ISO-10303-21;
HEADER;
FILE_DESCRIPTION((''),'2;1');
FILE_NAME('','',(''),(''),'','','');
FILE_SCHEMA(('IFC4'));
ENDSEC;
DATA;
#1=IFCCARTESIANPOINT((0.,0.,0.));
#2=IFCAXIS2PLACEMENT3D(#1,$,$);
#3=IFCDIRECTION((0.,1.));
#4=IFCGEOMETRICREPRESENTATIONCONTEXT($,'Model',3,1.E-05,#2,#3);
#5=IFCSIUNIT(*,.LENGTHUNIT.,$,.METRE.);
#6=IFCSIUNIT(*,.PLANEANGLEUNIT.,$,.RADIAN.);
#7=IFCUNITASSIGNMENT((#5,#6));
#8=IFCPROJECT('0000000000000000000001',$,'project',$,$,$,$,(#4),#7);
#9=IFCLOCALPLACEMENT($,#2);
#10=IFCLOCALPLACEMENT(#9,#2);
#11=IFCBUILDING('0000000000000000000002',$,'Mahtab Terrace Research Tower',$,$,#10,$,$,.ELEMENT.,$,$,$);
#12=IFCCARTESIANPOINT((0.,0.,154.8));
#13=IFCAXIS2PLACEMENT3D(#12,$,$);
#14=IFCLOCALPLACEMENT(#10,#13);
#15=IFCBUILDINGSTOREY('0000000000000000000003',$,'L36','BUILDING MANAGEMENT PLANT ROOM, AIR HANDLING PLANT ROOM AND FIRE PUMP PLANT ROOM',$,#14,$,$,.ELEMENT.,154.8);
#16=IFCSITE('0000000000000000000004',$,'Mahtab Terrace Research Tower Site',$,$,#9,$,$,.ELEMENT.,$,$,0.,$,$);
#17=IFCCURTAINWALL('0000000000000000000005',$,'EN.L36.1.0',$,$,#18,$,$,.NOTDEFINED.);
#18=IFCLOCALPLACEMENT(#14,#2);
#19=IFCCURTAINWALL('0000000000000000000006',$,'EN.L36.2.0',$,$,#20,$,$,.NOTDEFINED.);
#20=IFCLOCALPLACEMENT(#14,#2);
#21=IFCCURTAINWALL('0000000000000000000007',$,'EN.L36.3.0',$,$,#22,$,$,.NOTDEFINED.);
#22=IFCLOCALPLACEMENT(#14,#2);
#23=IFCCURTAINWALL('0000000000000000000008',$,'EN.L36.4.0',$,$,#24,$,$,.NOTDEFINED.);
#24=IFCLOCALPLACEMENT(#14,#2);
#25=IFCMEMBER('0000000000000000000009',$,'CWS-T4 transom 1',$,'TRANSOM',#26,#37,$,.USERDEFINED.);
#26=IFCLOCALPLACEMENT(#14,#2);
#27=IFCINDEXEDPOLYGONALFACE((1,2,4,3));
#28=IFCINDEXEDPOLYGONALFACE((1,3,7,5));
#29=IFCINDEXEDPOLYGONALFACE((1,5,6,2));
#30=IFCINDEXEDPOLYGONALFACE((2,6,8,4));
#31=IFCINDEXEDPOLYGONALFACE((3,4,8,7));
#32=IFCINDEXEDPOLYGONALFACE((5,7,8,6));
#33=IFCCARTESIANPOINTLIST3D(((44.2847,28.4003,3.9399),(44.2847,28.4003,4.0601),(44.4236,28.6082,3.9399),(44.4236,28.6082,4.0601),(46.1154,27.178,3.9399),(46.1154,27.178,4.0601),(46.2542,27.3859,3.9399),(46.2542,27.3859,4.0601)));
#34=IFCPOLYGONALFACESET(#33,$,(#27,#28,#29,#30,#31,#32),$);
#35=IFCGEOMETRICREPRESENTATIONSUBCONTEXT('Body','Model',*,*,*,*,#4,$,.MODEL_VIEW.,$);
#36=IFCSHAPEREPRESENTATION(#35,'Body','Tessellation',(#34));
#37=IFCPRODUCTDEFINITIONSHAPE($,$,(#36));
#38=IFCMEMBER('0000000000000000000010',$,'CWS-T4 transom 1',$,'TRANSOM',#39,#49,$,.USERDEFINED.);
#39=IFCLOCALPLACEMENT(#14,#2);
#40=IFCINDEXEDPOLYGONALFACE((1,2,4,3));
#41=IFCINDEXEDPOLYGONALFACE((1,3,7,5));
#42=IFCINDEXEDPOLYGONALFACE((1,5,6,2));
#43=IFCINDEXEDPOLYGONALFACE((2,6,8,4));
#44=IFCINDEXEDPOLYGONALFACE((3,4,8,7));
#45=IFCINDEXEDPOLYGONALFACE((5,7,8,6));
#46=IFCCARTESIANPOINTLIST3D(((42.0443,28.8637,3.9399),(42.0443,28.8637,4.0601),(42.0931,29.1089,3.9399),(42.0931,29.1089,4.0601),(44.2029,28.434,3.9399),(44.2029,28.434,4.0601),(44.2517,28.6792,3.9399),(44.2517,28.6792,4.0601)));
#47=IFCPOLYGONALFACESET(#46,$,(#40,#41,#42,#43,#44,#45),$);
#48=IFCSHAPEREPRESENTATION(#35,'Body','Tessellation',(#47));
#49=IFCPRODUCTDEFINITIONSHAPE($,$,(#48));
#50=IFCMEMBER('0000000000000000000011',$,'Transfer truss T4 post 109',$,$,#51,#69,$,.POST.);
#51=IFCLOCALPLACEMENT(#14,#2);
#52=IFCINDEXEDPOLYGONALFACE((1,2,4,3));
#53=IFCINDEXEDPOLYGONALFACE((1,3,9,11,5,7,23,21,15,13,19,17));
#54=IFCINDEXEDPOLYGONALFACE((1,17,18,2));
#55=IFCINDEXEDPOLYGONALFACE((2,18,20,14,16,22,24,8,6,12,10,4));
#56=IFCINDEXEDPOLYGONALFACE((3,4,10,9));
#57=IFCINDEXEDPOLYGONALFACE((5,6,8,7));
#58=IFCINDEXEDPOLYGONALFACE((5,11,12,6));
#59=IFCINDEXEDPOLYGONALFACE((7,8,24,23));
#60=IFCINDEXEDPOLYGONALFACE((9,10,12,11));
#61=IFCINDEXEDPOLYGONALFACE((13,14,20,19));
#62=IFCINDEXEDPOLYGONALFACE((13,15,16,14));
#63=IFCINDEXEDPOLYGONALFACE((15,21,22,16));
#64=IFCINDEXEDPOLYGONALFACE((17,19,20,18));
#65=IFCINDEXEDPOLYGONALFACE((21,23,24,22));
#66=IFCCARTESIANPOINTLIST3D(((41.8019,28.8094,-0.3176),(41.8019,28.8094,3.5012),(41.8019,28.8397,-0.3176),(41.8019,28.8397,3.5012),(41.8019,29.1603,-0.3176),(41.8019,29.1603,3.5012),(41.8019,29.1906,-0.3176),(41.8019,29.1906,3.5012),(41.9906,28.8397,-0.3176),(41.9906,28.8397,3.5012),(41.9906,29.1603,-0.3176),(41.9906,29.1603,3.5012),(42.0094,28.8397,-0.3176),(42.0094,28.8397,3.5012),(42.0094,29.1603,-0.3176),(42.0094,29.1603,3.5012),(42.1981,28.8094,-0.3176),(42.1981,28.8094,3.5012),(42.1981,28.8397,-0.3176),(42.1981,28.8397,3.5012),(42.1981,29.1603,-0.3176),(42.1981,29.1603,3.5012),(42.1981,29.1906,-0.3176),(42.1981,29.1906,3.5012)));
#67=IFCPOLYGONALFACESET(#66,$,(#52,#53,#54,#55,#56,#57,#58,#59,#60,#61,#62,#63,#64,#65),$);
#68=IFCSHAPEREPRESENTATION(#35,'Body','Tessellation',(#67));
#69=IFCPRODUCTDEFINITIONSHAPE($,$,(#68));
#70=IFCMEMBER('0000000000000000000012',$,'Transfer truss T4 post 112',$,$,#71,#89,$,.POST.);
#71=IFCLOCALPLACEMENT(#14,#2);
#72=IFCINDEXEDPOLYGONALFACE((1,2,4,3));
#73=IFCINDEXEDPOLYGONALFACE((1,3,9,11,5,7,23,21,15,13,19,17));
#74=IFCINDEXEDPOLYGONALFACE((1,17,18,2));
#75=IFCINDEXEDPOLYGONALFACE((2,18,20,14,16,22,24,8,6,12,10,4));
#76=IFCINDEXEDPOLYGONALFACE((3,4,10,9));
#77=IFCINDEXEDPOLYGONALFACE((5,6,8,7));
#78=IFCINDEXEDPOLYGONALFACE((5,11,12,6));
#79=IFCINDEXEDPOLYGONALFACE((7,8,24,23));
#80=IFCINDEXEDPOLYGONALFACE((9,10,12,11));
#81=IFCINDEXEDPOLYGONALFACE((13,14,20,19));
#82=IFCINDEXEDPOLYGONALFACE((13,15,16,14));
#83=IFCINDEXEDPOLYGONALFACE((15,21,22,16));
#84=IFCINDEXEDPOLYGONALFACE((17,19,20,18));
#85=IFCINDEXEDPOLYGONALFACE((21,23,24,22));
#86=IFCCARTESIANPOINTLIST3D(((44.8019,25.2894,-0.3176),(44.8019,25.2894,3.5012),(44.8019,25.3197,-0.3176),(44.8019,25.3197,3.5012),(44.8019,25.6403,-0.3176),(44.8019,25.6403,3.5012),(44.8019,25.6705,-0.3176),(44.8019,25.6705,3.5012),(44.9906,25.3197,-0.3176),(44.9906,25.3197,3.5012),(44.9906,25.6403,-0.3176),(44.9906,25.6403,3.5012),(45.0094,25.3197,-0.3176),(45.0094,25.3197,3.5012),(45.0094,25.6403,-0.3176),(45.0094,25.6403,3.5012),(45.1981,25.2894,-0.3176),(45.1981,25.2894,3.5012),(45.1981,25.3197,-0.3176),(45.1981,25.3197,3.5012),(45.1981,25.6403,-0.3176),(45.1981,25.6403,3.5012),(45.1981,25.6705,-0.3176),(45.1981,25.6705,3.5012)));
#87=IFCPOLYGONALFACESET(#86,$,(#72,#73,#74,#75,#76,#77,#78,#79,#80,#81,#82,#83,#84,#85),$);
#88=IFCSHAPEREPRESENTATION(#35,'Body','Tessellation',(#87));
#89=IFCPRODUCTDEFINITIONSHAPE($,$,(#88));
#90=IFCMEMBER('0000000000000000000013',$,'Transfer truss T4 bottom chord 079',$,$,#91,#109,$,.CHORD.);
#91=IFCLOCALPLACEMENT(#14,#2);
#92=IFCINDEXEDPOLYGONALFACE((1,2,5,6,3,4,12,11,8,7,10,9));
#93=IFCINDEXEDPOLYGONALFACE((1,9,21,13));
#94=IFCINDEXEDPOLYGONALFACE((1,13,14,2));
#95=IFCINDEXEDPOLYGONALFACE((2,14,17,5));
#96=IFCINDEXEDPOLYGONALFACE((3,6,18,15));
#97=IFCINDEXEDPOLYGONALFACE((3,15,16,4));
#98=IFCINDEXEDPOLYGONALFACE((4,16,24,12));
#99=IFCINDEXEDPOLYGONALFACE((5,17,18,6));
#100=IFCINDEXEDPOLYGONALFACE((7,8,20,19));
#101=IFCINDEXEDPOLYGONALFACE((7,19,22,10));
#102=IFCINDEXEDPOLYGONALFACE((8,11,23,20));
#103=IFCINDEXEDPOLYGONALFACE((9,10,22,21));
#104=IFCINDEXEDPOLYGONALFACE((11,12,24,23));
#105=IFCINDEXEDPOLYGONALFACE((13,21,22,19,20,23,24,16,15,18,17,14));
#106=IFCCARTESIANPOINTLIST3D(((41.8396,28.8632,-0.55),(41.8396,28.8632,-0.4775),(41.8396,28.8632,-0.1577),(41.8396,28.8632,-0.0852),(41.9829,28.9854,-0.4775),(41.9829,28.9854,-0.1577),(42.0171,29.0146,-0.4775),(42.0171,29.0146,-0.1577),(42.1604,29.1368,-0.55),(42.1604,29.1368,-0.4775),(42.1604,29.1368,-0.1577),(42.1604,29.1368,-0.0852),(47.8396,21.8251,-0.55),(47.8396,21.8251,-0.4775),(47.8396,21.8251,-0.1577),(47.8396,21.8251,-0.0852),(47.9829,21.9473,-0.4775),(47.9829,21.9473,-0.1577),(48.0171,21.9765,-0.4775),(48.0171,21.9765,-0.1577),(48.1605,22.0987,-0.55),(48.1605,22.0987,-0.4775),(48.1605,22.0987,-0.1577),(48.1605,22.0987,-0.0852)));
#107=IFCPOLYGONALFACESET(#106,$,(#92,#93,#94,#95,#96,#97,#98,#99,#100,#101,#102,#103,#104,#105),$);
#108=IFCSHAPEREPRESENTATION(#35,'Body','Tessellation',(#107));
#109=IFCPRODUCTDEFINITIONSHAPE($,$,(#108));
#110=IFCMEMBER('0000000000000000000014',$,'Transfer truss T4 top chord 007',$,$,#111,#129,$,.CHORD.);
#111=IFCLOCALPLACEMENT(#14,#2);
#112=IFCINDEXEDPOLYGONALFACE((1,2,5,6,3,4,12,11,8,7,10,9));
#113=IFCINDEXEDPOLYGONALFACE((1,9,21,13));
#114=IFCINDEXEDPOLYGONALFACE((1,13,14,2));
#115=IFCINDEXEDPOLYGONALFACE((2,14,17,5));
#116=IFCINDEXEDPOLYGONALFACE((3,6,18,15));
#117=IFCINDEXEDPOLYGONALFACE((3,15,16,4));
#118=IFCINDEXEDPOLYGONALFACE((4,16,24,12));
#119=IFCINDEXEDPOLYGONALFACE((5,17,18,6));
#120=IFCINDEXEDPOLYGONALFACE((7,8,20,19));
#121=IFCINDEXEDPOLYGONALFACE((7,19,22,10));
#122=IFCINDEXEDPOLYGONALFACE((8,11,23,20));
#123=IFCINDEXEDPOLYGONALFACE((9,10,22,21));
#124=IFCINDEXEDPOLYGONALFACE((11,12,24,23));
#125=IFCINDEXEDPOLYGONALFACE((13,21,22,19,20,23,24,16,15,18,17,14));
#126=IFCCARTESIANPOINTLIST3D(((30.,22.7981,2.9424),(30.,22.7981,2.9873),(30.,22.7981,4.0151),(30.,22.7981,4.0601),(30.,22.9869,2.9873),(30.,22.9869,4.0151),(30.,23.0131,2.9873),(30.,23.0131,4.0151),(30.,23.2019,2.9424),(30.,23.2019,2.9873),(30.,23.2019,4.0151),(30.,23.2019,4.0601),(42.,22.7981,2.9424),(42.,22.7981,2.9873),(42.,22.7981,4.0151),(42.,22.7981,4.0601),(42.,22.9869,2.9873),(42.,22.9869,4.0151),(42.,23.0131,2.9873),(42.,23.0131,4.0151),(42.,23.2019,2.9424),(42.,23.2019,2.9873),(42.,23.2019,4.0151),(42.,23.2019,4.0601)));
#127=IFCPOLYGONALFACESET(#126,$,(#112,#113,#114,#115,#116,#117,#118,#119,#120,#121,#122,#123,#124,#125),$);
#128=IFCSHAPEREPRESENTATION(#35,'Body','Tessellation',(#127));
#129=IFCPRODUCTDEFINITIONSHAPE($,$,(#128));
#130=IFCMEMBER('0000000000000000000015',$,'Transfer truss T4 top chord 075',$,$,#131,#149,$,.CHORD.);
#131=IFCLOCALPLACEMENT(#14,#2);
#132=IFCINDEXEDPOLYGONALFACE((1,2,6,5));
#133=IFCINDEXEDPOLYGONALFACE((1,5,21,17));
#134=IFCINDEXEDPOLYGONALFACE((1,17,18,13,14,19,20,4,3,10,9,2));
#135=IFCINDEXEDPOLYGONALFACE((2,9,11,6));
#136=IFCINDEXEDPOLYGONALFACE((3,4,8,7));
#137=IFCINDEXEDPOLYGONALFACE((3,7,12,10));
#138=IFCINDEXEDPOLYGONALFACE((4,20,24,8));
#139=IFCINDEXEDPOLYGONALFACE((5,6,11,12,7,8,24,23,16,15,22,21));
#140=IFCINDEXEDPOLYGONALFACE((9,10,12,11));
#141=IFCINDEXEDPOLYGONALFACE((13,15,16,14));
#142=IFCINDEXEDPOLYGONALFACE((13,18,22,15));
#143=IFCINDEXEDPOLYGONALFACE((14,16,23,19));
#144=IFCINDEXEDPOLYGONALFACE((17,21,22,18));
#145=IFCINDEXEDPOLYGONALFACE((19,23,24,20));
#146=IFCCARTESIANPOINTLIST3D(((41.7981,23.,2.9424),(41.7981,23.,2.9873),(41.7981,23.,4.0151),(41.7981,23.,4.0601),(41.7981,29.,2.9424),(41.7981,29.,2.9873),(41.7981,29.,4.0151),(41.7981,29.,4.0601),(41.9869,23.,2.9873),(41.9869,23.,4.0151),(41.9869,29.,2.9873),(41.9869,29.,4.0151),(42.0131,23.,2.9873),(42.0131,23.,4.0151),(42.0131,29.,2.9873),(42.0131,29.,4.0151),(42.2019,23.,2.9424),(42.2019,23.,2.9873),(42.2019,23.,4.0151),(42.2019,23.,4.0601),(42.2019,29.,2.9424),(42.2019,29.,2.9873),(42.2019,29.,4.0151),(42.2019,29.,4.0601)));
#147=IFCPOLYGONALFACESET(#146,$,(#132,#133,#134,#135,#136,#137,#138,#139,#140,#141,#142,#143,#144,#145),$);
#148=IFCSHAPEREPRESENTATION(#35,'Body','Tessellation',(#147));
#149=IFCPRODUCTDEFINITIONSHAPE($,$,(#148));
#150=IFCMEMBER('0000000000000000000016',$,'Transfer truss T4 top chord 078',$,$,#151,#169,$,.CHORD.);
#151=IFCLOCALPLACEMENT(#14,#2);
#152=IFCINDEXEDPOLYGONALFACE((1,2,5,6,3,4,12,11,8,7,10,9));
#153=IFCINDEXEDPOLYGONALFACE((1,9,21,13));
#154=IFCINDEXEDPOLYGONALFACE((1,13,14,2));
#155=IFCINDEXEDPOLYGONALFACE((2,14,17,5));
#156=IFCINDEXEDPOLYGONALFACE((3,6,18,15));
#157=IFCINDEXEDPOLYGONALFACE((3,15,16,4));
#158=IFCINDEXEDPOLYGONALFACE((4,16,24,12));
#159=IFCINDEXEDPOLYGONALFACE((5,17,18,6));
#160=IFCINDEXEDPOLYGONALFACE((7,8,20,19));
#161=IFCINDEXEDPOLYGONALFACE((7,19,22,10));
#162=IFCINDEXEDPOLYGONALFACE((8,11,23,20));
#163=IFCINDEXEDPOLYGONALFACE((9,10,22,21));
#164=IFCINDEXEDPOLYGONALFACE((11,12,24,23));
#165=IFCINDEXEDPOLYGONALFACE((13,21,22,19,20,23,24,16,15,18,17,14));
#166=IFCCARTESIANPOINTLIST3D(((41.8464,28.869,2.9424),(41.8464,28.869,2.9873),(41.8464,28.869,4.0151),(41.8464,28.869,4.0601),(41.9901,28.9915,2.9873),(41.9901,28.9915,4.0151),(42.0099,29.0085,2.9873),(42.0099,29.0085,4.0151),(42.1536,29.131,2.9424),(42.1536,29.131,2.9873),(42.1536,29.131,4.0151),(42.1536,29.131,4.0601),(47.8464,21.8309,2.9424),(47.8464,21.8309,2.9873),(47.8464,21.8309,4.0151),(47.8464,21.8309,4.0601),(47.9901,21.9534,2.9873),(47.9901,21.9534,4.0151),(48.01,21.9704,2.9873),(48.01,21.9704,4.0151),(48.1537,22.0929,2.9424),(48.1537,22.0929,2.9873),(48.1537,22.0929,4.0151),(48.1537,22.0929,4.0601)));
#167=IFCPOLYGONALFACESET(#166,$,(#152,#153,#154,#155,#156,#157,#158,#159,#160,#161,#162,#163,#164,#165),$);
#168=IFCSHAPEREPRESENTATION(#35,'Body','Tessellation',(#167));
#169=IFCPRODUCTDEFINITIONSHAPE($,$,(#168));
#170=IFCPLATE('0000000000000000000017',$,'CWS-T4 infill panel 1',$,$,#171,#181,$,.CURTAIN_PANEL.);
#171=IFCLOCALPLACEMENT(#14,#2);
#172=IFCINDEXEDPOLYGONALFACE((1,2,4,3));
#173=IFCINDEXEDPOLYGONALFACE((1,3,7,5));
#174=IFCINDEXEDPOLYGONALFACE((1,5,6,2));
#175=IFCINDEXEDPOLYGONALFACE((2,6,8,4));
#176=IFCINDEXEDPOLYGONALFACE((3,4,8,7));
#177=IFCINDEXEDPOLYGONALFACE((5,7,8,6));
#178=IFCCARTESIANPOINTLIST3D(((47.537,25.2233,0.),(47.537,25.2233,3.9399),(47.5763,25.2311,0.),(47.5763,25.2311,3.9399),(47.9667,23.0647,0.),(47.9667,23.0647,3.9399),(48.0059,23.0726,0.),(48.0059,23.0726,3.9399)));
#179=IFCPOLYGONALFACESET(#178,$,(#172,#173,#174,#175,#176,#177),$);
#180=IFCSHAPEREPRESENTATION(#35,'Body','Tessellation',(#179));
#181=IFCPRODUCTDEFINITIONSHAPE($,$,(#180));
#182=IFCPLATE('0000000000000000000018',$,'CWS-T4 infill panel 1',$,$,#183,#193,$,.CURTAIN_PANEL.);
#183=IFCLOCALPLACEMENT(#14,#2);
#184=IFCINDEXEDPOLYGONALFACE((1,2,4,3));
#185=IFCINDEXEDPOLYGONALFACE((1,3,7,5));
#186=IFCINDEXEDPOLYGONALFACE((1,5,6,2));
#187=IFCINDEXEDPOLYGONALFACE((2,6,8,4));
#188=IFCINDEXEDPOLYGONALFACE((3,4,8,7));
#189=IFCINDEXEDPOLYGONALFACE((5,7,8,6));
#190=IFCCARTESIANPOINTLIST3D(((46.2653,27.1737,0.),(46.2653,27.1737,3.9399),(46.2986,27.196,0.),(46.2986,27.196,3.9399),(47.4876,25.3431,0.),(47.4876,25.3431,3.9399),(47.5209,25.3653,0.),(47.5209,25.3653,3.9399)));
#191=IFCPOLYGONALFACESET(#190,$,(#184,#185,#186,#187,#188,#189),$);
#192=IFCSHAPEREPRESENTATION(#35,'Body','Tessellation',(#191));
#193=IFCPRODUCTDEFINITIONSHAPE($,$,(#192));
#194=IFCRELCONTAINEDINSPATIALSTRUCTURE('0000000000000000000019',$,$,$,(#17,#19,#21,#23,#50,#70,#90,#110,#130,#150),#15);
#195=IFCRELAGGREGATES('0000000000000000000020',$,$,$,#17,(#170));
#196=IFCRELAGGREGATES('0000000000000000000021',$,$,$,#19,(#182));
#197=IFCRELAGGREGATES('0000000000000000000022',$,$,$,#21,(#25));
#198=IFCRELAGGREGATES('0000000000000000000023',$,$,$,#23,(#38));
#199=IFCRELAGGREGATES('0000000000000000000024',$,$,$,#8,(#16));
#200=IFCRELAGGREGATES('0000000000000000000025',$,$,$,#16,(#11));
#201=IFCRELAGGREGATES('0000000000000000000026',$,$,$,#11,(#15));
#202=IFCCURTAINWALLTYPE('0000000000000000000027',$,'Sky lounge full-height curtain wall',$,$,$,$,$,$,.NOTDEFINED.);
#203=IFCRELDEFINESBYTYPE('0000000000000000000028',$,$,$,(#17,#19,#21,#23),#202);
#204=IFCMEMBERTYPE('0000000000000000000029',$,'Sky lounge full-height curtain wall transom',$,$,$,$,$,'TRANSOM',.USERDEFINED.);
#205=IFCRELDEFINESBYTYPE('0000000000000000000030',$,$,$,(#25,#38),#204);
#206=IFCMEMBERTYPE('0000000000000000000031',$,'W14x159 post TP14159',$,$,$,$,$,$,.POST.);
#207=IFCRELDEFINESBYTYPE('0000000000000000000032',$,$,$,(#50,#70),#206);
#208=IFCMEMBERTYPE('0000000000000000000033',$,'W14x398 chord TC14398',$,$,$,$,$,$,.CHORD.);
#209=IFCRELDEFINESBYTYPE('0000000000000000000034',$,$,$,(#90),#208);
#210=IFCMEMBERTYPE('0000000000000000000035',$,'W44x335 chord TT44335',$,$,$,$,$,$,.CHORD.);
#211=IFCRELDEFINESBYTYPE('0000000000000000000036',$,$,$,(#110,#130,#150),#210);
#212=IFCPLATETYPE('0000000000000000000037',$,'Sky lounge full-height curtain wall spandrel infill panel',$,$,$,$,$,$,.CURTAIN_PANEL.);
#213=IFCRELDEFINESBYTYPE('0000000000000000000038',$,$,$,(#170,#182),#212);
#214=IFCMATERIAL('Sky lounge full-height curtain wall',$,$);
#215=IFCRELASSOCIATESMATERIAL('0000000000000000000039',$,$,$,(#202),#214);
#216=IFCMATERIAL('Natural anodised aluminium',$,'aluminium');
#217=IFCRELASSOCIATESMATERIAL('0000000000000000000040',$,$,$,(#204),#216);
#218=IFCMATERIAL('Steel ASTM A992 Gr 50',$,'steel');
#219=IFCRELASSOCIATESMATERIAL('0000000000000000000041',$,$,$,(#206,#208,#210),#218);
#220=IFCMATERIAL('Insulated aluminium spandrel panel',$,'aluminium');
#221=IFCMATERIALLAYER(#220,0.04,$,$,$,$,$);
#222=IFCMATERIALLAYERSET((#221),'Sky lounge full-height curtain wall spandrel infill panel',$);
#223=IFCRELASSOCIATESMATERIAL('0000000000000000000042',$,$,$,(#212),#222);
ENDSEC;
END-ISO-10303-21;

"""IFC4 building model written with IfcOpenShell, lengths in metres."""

from ifc_helpers import new_model, si_unit, direction, frame, origin, origin_2d, place, context, subcontext, project, spatial, rectangle, i_section, extrude, material, layer, layer_set, material_profile, profile_set, type_object, element, aggregate, save


model = new_model("IFC4")

# Units and contexts
model_context = context("Model", 3, precision=1e-05, world=origin(), true_north=direction((0.0, 1.0)))
body_context = subcontext(model_context, "Body", "Model", "MODEL_VIEW")
ifc_project = project(units=[si_unit("LENGTHUNIT", "METRE"), si_unit("PLANEANGLEUNIT", "RADIAN")], contexts=[model_context])

# Site, building, storey
site_placement = place(None, origin())
site = spatial("IfcSite", under=ifc_project, at=site_placement, Name="Mahtab Terrace Research Tower Site", CompositionType="ELEMENT", RefElevation=0.0)
building_placement = place(site_placement, origin())
building = spatial("IfcBuilding", under=site, at=building_placement, Name="Mahtab Terrace Research Tower", CompositionType="ELEMENT")
storey_placement = place(building_placement, frame((0.0, 0.0, 154.8)))
storey = spatial("IfcBuildingStorey", under=building, at=storey_placement, Name="L36", Description="BUILDING MANAGEMENT PLANT ROOM, AIR HANDLING PLANT ROOM AND FIRE PUMP PLANT ROOM", CompositionType="ELEMENT", Elevation=154.8)

# Curtain walls
ifc_material_1 = material(Name="Sky lounge full-height curtain wall")
curtain_wall_type = type_object("IfcCurtainWallType", Name="Sky lounge full-height curtain wall", PredefinedType="NOTDEFINED", material=ifc_material_1)
curtain_wall_1_placement = place(storey_placement, origin())
curtain_wall_1 = element("IfcCurtainWall", 1, at=curtain_wall_1_placement, inside=storey, type_object=curtain_wall_type, Name="EN.L36.1.0", PredefinedType="NOTDEFINED")
ifc_material_2 = material(Name="Natural anodised aluminium", Category="aluminium")
curtain_wall_2_placement = place(storey_placement, origin())
curtain_wall_2 = element("IfcCurtainWall", 2, at=curtain_wall_2_placement, inside=storey, type_object=curtain_wall_type, Name="EN.L36.2.0", PredefinedType="NOTDEFINED")
curtain_wall_3_placement = place(storey_placement, origin())
curtain_wall_3 = element("IfcCurtainWall", 3, at=curtain_wall_3_placement, inside=storey, type_object=curtain_wall_type, Name="EN.L36.3.0", PredefinedType="NOTDEFINED")
curtain_wall_4_placement = place(storey_placement, origin())
curtain_wall_4 = element("IfcCurtainWall", 4, at=curtain_wall_4_placement, inside=storey, type_object=curtain_wall_type, Name="EN.L36.4.0", PredefinedType="NOTDEFINED")

# Members
ifc_material_profile_1 = material_profile(ifc_material_2, rectangle(XDim=0.25, YDim=0.1201, at=origin_2d()), Name="TRANSOM 120x250")
ifc_profile_set_1 = profile_set([ifc_material_profile_1], Name="Natural anodised aluminium")
member_type_1 = type_object("IfcMemberType", Name="Sky lounge full-height curtain wall transom", ElementType="TRANSOM", PredefinedType="USERDEFINED", material=ifc_profile_set_1)
member_1_placement = place(storey_placement, frame((46.1848, 27.282, 4.0), z_axis=(-0.831675, 0.555263, 0.0), x_axis=(-0.555263, -0.831675, 0.0)))
member_1 = element("IfcMember", 5, at=member_1_placement, type_object=member_type_1, Name="CWS-T4 transom 1", ObjectType="TRANSOM", PredefinedType="USERDEFINED", context=body_context, shape_type="SweptSolid", body=[
    extrude(rectangle(XDim=0.25, YDim=0.1201, at=origin_2d()), origin(), (0.0, 0.0, 1.0), 2.2012),
])
member_2_placement = place(storey_placement, frame((44.2273, 28.5566, 4.0), z_axis=(-0.980759, 0.19522, 0.0), x_axis=(-0.19522, -0.980759, 0.0)))
member_2 = element("IfcMember", 6, at=member_2_placement, type_object=member_type_1, Name="CWS-T4 transom 1", ObjectType="TRANSOM", PredefinedType="USERDEFINED", context=body_context, shape_type="SweptSolid", body=[
    extrude(rectangle(XDim=0.25, YDim=0.1201, at=origin_2d()), origin(), (0.0, 0.0, 1.0), 2.2009),
])

# Members
ifc_material_3 = material(Name="Steel ASTM A992 Gr 50", Category="steel")
ifc_material_profile_2 = material_profile(ifc_material_3, i_section(OverallWidth=0.3962, OverallDepth=0.3811, WebThickness=0.0188, FlangeThickness=0.0303, at=origin_2d()), Name="W14X159")
ifc_profile_set_2 = profile_set([ifc_material_profile_2], Name="Steel ASTM A992 Gr 50")
member_type_2 = type_object("IfcMemberType", Name="W14x159 post TP14159", PredefinedType="POST", material=ifc_profile_set_2)
for number, where, z_axis, x_axis, name in (
    (7, (42.0, 29.0, -0.3176), (0.0, 0.0, 1.0), (1.0, 0.0, 0.0), "Transfer truss T4 post 109"),
    (8, (45.0, 25.48, -0.3176), (0.0, 0.0, 1.0), (1.0, 0.0, 0.0), "Transfer truss T4 post 112"),
):
    element("IfcMember", number, at=place(storey_placement, frame(where, z_axis=z_axis, x_axis=x_axis)), inside=storey, type_object=member_type_2, Name=name, PredefinedType="POST", context=body_context, shape_type="SweptSolid", body=[
        extrude(i_section(OverallWidth=0.3962, OverallDepth=0.3811, WebThickness=0.0188, FlangeThickness=0.0303, at=origin_2d()), origin(), (0.0, 0.0, 1.0), 3.8188),
    ])
ifc_material_profile_3 = material_profile(ifc_material_3, i_section(OverallWidth=0.4216, OverallDepth=0.4648, WebThickness=0.0449, FlangeThickness=0.0725, at=origin_2d()), Name="W14X398")
ifc_profile_set_3 = profile_set([ifc_material_profile_3], Name="Steel ASTM A992 Gr 50")
member_type_3 = type_object("IfcMemberType", Name="W14x398 chord TC14398", PredefinedType="CHORD", material=ifc_profile_set_3)
member_3_placement = place(storey_placement, frame((42.0, 29.0, -0.3176), z_axis=(0.648754, -0.760998, 0.0), x_axis=(0.760998, 0.648754, 0.0)))
element("IfcMember", 9, at=member_3_placement, inside=storey, type_object=member_type_3, Name="Transfer truss T4 bottom chord 079", PredefinedType="CHORD", context=body_context, shape_type="SweptSolid", body=[
    extrude(i_section(OverallWidth=0.4216, OverallDepth=0.4648, WebThickness=0.0449, FlangeThickness=0.0725, at=origin_2d()), origin(), (0.0, 0.0, 1.0), 9.2485),
])
ifc_material_profile_4 = material_profile(ifc_material_3, i_section(OverallWidth=0.4038, OverallDepth=1.1177, WebThickness=0.0261, FlangeThickness=0.0449, at=origin_2d()), Name="W44X335")
ifc_profile_set_4 = profile_set([ifc_material_profile_4], Name="Steel ASTM A992 Gr 50")
member_type_4 = type_object("IfcMemberType", Name="W44x335 chord TT44335", PredefinedType="CHORD", material=ifc_profile_set_4)
member_4_placement = place(storey_placement, frame((42.0, 23.0, 3.5012), z_axis=(-1.0, 0.0, 0.0), x_axis=(0.0, -1.0, 0.0)))
element("IfcMember", 10, at=member_4_placement, inside=storey, type_object=member_type_4, Name="Transfer truss T4 top chord 007", PredefinedType="CHORD", context=body_context, shape_type="SweptSolid", body=[
    extrude(i_section(OverallWidth=0.4038, OverallDepth=1.1177, WebThickness=0.0261, FlangeThickness=0.0449, at=origin_2d()), origin(), (0.0, 0.0, 1.0), 12.0),
])
member_5_placement = place(storey_placement, frame((42.0, 23.0, 3.5012), z_axis=(0.0, 1.0, 0.0), x_axis=(-1.0, 0.0, 0.0)))
element("IfcMember", 11, at=member_5_placement, inside=storey, type_object=member_type_4, Name="Transfer truss T4 top chord 075", PredefinedType="CHORD", context=body_context, shape_type="SweptSolid", body=[
    extrude(i_section(OverallWidth=0.4038, OverallDepth=1.1177, WebThickness=0.0261, FlangeThickness=0.0449, at=origin_2d()), origin(), (0.0, 0.0, 1.0), 6.0),
])
member_6_placement = place(storey_placement, frame((42.0, 29.0, 3.5012), z_axis=(0.648754, -0.760998, 0.0), x_axis=(0.760998, 0.648754, 0.0)))
element("IfcMember", 12, at=member_6_placement, inside=storey, type_object=member_type_4, Name="Transfer truss T4 top chord 078", PredefinedType="CHORD", context=body_context, shape_type="SweptSolid", body=[
    extrude(i_section(OverallWidth=0.4038, OverallDepth=1.1177, WebThickness=0.0261, FlangeThickness=0.0449, at=origin_2d()), origin(), (0.0, 0.0, 1.0), 9.2485),
])

# Plates
ifc_material_4 = material(Name="Insulated aluminium spandrel panel", Category="aluminium")
ifc_layer_1 = layer(ifc_material_4, 0.04)
ifc_layer_set_1 = layer_set([ifc_layer_1], Name="Sky lounge full-height curtain wall spandrel infill panel")
plate_type = type_object("IfcPlateType", Name="Sky lounge full-height curtain wall spandrel infill panel", PredefinedType="CURTAIN_PANEL", material=ifc_layer_set_1)
plate_1_placement = place(storey_placement, frame((47.7715, 24.1479, 0.0), z_axis=(0.0, 0.0, 1.0), x_axis=(-0.195212, 0.980761, 0.0)))
plate_1 = element("IfcPlate", 13, at=plate_1_placement, type_object=plate_type, Name="CWS-T4 infill panel 1", PredefinedType="CURTAIN_PANEL", context=body_context, shape_type="SweptSolid", body=[
    extrude(rectangle(XDim=2.2009, YDim=0.04, at=origin_2d()), origin(), (0.0, 0.0, 1.0), 3.9399),
])
aggregate(curtain_wall_1, [plate_1])
plate_2_placement = place(storey_placement, frame((46.8931, 26.2695, 0.0), z_axis=(0.0, 0.0, 1.0), x_axis=(-0.555291, 0.831656, 0.0)))
plate_2 = element("IfcPlate", 14, at=plate_2_placement, type_object=plate_type, Name="CWS-T4 infill panel 1", PredefinedType="CURTAIN_PANEL", context=body_context, shape_type="SweptSolid", body=[
    extrude(rectangle(XDim=2.2012, YDim=0.04, at=origin_2d()), origin(), (0.0, 0.0, 1.0), 3.9399),
])
aggregate(curtain_wall_2, [plate_2])
aggregate(curtain_wall_3, [member_1])
aggregate(curtain_wall_4, [member_2])

save(model, "model.ifc")
